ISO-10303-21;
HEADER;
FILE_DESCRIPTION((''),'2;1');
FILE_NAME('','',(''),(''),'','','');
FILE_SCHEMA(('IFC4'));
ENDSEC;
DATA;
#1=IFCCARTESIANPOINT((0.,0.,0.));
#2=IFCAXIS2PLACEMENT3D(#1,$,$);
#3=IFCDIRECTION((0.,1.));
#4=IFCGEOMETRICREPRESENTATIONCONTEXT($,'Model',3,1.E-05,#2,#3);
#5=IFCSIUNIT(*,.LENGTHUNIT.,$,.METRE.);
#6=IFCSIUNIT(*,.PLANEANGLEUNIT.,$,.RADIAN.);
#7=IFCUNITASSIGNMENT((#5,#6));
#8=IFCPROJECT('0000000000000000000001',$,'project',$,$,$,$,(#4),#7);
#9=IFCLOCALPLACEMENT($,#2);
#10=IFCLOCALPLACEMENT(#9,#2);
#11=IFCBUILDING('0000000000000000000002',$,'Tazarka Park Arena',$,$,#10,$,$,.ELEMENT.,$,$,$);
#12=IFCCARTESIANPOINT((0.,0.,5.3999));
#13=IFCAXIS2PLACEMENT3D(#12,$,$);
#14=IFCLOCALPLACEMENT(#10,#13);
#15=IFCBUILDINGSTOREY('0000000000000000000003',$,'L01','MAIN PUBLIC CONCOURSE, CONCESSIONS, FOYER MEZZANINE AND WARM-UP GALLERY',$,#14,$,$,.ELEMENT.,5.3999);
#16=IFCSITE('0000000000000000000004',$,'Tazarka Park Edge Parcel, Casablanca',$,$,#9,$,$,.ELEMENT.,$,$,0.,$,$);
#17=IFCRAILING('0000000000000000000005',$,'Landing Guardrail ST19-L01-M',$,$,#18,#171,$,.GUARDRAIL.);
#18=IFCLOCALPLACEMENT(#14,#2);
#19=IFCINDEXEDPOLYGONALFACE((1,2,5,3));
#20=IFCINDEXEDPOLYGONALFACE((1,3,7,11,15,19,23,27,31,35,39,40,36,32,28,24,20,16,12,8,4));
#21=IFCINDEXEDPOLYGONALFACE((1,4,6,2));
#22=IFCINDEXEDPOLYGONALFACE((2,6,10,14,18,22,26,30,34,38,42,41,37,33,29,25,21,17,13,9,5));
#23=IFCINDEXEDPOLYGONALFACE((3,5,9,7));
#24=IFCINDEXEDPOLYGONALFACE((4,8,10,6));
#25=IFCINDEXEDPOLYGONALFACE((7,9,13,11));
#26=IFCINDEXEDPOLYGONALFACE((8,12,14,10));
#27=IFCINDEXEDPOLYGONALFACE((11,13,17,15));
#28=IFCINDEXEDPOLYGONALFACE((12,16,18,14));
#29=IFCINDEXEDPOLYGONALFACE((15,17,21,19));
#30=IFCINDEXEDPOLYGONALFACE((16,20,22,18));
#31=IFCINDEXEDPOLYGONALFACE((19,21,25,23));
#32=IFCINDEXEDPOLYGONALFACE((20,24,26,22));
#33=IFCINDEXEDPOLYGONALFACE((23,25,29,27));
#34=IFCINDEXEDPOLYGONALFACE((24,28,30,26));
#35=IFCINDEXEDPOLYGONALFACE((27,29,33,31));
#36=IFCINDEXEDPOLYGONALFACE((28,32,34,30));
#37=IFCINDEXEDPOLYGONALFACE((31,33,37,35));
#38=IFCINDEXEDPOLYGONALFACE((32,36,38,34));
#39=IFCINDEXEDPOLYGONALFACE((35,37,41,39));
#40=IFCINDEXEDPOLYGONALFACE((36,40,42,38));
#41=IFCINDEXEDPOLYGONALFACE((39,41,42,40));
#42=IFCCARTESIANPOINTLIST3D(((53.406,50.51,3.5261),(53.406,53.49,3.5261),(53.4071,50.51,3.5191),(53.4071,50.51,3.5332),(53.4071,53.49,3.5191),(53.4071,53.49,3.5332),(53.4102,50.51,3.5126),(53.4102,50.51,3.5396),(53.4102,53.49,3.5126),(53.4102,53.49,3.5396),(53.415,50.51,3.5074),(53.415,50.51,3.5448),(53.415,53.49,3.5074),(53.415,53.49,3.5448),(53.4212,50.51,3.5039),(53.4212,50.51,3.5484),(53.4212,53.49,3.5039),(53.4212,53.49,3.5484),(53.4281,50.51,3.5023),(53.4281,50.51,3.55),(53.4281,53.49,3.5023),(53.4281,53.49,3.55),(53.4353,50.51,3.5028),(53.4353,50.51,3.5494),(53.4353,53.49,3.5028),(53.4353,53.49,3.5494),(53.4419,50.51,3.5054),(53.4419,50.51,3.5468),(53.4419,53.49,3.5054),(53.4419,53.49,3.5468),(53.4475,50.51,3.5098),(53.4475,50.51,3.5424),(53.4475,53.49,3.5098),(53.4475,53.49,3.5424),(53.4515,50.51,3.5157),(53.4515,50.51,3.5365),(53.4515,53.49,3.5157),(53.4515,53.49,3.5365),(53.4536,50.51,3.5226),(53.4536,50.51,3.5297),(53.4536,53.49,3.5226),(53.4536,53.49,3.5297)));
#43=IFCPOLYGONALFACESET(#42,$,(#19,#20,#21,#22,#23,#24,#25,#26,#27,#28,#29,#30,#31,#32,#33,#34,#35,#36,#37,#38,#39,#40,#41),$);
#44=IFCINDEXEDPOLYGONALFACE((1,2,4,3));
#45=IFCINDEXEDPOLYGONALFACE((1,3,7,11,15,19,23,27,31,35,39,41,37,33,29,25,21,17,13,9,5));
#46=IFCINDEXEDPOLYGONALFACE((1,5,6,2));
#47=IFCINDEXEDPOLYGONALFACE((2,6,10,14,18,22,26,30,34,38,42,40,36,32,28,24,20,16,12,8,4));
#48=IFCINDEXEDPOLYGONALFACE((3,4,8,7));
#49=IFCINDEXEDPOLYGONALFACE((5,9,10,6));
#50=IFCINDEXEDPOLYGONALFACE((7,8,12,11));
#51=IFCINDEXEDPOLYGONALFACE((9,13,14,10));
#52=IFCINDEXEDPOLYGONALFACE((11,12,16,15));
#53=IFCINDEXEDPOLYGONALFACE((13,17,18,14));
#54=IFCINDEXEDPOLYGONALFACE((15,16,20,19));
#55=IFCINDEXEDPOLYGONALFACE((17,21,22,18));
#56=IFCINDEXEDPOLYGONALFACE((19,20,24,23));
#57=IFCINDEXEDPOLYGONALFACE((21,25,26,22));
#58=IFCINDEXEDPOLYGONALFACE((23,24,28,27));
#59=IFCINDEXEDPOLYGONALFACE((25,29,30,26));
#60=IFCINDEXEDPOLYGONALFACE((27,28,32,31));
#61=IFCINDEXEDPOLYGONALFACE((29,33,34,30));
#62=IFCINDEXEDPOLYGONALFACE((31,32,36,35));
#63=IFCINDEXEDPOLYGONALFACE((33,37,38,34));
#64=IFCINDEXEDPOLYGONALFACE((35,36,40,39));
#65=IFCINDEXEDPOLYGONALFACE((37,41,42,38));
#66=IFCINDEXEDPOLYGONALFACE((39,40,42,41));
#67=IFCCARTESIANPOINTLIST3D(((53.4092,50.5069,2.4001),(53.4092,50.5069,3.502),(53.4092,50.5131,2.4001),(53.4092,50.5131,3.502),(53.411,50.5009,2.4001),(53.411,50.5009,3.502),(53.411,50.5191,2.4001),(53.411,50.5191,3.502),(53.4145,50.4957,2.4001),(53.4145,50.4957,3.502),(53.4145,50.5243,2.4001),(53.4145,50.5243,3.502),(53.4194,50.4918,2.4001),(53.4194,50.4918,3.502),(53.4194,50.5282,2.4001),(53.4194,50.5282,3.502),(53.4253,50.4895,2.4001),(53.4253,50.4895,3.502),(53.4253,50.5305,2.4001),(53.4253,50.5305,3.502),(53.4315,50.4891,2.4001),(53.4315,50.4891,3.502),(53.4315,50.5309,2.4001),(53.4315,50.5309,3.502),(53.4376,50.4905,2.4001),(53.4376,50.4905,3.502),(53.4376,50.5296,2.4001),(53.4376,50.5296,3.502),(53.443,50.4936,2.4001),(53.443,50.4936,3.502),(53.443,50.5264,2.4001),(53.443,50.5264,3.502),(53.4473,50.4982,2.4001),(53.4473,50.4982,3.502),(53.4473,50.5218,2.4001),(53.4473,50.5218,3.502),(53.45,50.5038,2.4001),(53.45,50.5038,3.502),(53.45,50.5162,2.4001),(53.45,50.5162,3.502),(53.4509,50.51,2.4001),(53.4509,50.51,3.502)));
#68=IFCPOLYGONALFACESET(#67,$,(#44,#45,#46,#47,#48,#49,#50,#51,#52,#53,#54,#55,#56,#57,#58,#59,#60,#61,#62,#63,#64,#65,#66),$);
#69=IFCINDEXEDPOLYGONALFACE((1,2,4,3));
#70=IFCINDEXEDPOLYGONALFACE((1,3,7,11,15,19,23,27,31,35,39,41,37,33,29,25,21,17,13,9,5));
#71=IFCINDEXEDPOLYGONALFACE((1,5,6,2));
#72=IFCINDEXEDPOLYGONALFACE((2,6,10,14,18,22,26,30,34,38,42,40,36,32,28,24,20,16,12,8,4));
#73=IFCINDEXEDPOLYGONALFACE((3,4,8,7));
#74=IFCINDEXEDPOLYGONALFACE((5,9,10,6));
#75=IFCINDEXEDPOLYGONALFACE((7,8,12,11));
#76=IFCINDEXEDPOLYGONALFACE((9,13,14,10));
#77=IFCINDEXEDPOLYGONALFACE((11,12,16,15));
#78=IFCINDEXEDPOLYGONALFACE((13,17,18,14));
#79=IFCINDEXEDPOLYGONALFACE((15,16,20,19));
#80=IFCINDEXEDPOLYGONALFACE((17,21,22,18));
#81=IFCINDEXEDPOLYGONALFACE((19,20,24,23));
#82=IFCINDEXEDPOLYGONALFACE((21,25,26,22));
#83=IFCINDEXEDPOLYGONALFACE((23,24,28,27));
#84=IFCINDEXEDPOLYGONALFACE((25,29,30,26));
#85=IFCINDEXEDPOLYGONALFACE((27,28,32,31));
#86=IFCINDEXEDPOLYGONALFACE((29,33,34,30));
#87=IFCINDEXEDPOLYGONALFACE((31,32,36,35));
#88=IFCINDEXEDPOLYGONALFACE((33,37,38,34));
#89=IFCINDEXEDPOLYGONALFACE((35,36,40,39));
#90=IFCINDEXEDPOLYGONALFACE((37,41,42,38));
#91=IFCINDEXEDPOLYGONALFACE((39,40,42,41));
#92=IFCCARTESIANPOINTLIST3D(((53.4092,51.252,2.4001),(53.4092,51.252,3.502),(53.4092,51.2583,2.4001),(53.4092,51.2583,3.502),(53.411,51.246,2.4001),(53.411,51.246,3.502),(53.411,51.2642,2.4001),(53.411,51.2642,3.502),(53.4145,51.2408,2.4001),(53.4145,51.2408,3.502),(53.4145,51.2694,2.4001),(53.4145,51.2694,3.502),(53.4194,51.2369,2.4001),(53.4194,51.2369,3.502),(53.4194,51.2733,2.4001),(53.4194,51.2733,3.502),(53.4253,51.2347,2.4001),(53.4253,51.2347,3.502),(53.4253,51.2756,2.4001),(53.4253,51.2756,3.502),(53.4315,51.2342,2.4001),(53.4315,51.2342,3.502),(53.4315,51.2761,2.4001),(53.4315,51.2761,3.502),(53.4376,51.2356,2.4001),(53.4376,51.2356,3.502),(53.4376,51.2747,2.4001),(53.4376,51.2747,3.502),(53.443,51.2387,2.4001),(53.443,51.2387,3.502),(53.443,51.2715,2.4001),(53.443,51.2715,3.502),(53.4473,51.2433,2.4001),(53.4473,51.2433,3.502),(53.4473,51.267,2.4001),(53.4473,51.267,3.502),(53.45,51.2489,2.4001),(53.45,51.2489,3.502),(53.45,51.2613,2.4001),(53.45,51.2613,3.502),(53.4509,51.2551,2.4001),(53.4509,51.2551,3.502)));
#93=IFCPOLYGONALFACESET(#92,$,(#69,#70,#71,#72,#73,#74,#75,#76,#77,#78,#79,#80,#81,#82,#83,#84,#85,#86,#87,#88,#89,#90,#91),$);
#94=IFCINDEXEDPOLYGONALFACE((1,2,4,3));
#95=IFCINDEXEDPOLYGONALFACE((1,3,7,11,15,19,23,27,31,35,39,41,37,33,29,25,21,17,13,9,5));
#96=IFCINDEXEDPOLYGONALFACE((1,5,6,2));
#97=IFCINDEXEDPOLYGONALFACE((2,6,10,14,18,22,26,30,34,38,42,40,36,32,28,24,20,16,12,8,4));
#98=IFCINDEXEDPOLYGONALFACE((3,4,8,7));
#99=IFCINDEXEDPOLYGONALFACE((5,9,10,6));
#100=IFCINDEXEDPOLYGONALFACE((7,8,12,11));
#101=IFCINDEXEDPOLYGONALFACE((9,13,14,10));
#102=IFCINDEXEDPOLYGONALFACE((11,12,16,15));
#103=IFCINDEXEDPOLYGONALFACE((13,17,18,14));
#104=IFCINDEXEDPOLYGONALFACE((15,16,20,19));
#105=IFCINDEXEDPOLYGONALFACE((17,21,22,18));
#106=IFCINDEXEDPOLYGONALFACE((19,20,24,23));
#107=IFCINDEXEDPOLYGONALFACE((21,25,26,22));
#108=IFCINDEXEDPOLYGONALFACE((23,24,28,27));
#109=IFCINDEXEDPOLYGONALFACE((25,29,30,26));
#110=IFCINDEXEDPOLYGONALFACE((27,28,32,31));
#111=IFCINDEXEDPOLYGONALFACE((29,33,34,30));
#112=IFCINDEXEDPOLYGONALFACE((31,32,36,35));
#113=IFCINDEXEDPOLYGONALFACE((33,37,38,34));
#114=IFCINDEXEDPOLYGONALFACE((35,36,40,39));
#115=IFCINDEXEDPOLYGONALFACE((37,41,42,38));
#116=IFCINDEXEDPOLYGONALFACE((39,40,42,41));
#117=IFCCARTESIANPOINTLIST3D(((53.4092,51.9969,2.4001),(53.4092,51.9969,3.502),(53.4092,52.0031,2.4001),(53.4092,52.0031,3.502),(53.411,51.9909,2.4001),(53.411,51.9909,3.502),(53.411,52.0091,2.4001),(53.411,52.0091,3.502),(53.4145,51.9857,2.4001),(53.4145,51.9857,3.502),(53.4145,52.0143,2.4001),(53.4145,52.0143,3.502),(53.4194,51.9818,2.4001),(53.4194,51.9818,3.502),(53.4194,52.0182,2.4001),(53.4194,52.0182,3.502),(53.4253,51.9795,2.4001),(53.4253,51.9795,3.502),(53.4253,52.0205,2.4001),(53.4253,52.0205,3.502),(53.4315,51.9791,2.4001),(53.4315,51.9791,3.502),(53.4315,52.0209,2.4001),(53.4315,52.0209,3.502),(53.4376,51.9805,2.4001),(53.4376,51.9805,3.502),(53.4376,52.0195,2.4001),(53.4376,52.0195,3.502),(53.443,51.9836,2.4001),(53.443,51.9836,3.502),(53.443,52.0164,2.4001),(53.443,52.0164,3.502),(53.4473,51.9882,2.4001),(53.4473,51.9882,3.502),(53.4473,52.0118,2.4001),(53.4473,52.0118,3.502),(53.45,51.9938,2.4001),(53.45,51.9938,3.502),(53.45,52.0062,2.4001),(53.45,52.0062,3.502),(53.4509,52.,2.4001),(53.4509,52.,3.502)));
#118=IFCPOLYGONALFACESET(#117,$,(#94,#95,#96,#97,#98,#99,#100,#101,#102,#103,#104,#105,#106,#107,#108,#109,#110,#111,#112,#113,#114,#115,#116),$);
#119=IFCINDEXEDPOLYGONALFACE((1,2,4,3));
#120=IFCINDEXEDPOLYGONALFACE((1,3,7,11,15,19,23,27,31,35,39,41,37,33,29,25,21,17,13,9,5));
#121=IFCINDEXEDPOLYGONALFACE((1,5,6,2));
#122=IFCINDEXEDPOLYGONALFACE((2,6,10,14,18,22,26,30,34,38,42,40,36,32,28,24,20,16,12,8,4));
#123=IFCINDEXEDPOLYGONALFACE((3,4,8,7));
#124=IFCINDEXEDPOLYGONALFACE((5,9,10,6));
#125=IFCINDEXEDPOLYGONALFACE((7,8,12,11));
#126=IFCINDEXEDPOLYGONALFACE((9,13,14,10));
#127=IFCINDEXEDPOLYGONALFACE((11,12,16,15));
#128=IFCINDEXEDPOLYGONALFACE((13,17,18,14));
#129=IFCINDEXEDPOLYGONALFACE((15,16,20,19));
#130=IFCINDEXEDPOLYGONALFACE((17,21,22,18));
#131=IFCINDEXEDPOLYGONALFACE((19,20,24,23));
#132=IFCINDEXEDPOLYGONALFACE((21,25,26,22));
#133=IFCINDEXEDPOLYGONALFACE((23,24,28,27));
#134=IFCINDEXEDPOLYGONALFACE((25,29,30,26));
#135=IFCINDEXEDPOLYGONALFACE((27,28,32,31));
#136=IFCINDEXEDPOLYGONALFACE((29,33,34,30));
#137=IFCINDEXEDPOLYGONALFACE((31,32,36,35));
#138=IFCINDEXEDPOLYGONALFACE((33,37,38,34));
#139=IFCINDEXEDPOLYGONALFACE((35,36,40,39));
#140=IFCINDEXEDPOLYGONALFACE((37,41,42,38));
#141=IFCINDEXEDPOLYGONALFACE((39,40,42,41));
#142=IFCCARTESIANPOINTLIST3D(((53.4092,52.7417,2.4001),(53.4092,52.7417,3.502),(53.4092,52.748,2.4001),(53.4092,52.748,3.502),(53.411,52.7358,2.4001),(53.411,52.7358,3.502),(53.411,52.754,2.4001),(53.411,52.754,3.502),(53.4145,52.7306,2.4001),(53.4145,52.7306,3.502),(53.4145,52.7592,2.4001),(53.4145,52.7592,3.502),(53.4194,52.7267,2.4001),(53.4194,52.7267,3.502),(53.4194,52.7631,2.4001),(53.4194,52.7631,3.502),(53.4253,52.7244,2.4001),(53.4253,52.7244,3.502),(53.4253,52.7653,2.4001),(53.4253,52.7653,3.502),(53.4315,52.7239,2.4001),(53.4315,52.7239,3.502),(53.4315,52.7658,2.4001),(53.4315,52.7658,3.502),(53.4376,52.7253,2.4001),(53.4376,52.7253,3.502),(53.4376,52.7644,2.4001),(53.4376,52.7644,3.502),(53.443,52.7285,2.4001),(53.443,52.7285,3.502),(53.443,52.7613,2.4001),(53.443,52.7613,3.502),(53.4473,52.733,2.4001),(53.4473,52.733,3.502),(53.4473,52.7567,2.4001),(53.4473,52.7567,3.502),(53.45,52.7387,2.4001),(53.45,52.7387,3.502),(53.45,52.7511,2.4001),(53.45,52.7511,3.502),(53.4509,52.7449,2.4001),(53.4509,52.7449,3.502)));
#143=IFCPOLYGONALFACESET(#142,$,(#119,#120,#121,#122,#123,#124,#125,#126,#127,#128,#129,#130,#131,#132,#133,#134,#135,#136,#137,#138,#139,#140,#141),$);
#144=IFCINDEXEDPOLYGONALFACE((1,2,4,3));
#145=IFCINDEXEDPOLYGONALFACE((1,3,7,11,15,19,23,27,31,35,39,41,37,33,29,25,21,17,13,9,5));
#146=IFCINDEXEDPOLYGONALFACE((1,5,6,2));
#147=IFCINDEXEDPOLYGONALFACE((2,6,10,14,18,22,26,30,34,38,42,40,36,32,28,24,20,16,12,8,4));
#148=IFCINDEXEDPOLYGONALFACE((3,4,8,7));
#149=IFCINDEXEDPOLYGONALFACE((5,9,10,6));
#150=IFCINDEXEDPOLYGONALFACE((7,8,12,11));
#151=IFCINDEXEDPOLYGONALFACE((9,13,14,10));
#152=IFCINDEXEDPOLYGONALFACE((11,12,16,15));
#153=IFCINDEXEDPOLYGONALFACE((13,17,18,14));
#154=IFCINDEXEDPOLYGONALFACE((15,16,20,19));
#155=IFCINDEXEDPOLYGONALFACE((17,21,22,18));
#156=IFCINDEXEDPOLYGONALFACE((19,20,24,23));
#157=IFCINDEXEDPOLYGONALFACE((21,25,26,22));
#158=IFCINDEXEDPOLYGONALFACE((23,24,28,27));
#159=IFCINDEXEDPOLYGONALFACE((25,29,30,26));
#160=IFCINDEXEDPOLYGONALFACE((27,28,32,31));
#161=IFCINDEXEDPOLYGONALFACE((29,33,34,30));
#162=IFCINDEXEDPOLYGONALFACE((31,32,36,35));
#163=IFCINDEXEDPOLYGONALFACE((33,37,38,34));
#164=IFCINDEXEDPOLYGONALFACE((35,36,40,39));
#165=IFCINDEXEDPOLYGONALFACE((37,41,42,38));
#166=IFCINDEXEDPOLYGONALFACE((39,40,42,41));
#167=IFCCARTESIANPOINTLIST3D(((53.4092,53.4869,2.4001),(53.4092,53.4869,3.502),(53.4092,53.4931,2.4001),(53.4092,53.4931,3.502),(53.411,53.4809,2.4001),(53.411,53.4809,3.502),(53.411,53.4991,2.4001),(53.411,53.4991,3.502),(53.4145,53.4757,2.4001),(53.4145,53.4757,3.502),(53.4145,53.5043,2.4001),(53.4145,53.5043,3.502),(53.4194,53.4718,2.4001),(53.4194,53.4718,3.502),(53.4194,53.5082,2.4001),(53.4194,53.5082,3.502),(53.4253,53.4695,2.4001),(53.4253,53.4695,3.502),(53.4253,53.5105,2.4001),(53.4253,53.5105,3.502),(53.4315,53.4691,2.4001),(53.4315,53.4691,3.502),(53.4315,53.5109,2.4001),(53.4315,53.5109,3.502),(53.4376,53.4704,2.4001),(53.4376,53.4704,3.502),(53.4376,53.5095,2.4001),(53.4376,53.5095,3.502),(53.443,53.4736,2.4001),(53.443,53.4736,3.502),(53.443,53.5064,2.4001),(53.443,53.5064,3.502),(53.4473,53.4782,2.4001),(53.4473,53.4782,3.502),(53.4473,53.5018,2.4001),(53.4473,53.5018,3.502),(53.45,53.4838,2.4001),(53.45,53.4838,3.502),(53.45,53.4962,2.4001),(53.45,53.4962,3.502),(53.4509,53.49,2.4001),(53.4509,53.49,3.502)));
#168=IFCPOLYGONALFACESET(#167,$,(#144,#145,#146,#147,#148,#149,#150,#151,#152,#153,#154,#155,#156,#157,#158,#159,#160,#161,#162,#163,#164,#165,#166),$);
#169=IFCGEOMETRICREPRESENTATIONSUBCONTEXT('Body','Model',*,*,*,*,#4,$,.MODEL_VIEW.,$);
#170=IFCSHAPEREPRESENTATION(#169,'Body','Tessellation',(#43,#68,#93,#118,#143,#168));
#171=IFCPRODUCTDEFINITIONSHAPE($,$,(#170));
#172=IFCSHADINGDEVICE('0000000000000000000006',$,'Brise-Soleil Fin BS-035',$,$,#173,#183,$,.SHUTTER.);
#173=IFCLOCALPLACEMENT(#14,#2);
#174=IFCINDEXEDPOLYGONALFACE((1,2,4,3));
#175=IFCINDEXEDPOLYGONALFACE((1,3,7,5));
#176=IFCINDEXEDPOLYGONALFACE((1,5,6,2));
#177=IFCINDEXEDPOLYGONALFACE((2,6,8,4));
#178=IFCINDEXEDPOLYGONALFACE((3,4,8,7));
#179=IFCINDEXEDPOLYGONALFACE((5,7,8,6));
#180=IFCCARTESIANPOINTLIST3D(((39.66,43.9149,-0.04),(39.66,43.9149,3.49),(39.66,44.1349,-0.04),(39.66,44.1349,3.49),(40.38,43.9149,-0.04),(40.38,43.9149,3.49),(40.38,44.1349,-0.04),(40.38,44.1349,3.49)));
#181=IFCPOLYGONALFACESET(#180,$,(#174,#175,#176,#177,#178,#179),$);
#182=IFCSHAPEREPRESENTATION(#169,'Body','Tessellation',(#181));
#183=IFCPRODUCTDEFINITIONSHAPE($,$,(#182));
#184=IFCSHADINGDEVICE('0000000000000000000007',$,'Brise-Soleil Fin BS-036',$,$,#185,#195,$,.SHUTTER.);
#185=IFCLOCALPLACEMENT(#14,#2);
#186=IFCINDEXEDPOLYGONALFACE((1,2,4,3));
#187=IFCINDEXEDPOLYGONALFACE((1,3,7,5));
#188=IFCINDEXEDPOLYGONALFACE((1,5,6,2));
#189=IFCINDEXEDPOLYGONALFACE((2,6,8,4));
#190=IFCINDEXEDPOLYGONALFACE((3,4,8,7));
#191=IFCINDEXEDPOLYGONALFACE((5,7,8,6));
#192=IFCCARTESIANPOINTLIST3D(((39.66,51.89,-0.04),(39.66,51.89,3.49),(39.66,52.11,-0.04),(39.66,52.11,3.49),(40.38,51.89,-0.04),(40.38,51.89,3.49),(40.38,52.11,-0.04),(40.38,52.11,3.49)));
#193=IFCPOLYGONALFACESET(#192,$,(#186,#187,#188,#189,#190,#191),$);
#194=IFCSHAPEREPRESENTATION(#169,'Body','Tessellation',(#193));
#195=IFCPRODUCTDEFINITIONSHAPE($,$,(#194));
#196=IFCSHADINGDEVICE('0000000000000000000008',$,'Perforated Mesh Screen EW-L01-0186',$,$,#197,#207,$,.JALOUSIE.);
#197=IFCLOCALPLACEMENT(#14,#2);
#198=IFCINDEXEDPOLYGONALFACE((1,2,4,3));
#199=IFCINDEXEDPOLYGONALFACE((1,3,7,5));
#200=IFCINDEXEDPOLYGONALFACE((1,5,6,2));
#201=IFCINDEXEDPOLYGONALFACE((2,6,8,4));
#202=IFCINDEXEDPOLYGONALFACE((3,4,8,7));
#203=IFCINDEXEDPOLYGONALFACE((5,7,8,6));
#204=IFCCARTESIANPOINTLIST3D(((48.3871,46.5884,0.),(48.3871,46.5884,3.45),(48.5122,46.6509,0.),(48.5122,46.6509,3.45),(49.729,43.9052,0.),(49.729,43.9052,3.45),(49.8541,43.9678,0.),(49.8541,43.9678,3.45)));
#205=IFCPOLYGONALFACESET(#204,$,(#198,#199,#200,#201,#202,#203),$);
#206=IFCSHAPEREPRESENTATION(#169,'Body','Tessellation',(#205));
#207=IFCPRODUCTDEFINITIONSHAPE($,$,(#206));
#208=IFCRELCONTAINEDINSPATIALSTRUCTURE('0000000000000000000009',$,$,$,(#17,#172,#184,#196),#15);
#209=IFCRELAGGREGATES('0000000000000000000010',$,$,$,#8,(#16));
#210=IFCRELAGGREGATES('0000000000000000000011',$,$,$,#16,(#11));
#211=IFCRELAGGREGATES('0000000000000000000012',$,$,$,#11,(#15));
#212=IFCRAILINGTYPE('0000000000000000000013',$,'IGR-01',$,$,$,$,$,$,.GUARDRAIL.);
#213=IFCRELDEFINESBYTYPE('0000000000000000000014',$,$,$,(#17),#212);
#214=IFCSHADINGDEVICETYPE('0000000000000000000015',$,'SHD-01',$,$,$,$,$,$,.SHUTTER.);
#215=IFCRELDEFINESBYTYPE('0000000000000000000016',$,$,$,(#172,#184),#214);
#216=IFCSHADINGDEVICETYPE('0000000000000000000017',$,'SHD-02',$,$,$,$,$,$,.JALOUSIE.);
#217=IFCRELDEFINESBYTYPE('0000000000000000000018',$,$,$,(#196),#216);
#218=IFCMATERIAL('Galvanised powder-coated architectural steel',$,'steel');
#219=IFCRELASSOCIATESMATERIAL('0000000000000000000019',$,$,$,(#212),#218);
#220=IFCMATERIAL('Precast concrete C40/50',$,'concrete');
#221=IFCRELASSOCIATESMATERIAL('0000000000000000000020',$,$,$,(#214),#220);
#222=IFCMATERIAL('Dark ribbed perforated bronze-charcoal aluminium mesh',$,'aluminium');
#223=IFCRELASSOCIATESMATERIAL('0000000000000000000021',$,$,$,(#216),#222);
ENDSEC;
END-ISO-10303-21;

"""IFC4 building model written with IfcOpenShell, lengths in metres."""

from ifc_helpers import new_model, si_unit, direction, frame, origin, origin_2d, place, context, subcontext, project, spatial, rectangle, circle, extrude, material, type_object, element, save


model = new_model("IFC4")

# Units and contexts
model_context = context("Model", 3, precision=1e-05, world=origin(), true_north=direction((0.0, 1.0)))
body_context = subcontext(model_context, "Body", "Model", "MODEL_VIEW")
ifc_project = project(units=[si_unit("LENGTHUNIT", "METRE"), si_unit("PLANEANGLEUNIT", "RADIAN")], contexts=[model_context])

# Site, building, storey
site_placement = place(None, origin())
site = spatial("IfcSite", under=ifc_project, at=site_placement, Name="Tazarka Park Edge Parcel, Casablanca", CompositionType="ELEMENT", RefElevation=0.0)
building_placement = place(site_placement, origin())
building = spatial("IfcBuilding", under=site, at=building_placement, Name="Tazarka Park Arena", CompositionType="ELEMENT")
storey_placement = place(building_placement, frame((0.0, 0.0, 5.3999)))
storey = spatial("IfcBuildingStorey", under=building, at=storey_placement, Name="L01", Description="MAIN PUBLIC CONCOURSE, CONCESSIONS, FOYER MEZZANINE AND WARM-UP GALLERY", CompositionType="ELEMENT", Elevation=5.3999)

# Railing
ifc_material_1 = material(Name="Galvanised powder-coated architectural steel", Category="steel")
railing_type_1 = type_object("IfcRailingType", Name="IGR-01", PredefinedType="GUARDRAIL", material=ifc_material_1)
for number, where, name in (
    (1, (53.4299, 50.51, 2.4001), "Landing Guardrail ST19-L01-M"),
):
    element("IfcRailing", number, at=place(storey_placement, frame(where)), inside=storey, type_object=railing_type_1, Name=name, PredefinedType="GUARDRAIL", context=body_context, shape_type="SweptSolid", body=[
        extrude(circle(Radius=0.0239, at=origin_2d()), frame((0.0, 0.0, 1.126), z_axis=(0.0, 1.0, 0.0), x_axis=(-1.0, 0.0, 0.0)), (0.0, 0.0, 1.0), 2.98),
        extrude(circle(Radius=0.021, at=origin_2d()), origin(), (0.0, 0.0, 1.0), 1.1018),
        extrude(circle(Radius=0.021, at=origin_2d()), frame((0.0, 0.7451, 0.0)), (0.0, 0.0, 1.0), 1.1018),
        extrude(circle(Radius=0.021, at=origin_2d()), frame((0.0, 1.49, 0.0)), (0.0, 0.0, 1.0), 1.1018),
        extrude(circle(Radius=0.021, at=origin_2d()), frame((0.0, 2.2349, 0.0)), (0.0, 0.0, 1.0), 1.1018),
        extrude(circle(Radius=0.021, at=origin_2d()), frame((0.0, 2.98, 0.0)), (0.0, 0.0, 1.0), 1.1018),
    ])

# Shading devices
ifc_material_2 = material(Name="Precast concrete C40/50", Category="concrete")
shading_device_type_1 = type_object("IfcShadingDeviceType", Name="SHD-01", PredefinedType="SHUTTER", material=ifc_material_2)
for number, where, z_axis, x_axis, name in (
    (2, (40.02, 44.0249, -0.04), (0.0, 0.0, 1.0), (0.0, -1.0, 0.0), "Brise-Soleil Fin BS-035"),
    (3, (40.02, 52.0, -0.04), (0.0, 0.0, 1.0), (0.0, -1.0, 0.0), "Brise-Soleil Fin BS-036"),
):
    element("IfcShadingDevice", number, at=place(storey_placement, frame(where, z_axis=z_axis, x_axis=x_axis)), inside=storey, type_object=shading_device_type_1, Name=name, PredefinedType="SHUTTER", context=body_context, shape_type="SweptSolid", body=[
        extrude(rectangle(XDim=0.22, YDim=0.72, at=origin_2d()), origin(), (0.0, 0.0, 1.0), 3.53),
    ])
ifc_material_3 = material(Name="Dark ribbed perforated bronze-charcoal aluminium mesh", Category="aluminium")
shading_device_type_2 = type_object("IfcShadingDeviceType", Name="SHD-02", PredefinedType="JALOUSIE", material=ifc_material_3)
shading_device_placement = place(storey_placement, frame((49.1206, 45.2781, 0.0), z_axis=(0.0, 0.0, 1.0), x_axis=(-0.447291, 0.894389, 0.0)))
element("IfcShadingDevice", 4, at=shading_device_placement, inside=storey, type_object=shading_device_type_2, Name="Perforated Mesh Screen EW-L01-0186", PredefinedType="JALOUSIE", context=body_context, shape_type="SweptSolid", body=[
    extrude(rectangle(XDim=3.0, YDim=0.1399, at=origin_2d()), origin(), (0.0, 0.0, 1.0), 3.45),
])

save(model, "model.ifc")
